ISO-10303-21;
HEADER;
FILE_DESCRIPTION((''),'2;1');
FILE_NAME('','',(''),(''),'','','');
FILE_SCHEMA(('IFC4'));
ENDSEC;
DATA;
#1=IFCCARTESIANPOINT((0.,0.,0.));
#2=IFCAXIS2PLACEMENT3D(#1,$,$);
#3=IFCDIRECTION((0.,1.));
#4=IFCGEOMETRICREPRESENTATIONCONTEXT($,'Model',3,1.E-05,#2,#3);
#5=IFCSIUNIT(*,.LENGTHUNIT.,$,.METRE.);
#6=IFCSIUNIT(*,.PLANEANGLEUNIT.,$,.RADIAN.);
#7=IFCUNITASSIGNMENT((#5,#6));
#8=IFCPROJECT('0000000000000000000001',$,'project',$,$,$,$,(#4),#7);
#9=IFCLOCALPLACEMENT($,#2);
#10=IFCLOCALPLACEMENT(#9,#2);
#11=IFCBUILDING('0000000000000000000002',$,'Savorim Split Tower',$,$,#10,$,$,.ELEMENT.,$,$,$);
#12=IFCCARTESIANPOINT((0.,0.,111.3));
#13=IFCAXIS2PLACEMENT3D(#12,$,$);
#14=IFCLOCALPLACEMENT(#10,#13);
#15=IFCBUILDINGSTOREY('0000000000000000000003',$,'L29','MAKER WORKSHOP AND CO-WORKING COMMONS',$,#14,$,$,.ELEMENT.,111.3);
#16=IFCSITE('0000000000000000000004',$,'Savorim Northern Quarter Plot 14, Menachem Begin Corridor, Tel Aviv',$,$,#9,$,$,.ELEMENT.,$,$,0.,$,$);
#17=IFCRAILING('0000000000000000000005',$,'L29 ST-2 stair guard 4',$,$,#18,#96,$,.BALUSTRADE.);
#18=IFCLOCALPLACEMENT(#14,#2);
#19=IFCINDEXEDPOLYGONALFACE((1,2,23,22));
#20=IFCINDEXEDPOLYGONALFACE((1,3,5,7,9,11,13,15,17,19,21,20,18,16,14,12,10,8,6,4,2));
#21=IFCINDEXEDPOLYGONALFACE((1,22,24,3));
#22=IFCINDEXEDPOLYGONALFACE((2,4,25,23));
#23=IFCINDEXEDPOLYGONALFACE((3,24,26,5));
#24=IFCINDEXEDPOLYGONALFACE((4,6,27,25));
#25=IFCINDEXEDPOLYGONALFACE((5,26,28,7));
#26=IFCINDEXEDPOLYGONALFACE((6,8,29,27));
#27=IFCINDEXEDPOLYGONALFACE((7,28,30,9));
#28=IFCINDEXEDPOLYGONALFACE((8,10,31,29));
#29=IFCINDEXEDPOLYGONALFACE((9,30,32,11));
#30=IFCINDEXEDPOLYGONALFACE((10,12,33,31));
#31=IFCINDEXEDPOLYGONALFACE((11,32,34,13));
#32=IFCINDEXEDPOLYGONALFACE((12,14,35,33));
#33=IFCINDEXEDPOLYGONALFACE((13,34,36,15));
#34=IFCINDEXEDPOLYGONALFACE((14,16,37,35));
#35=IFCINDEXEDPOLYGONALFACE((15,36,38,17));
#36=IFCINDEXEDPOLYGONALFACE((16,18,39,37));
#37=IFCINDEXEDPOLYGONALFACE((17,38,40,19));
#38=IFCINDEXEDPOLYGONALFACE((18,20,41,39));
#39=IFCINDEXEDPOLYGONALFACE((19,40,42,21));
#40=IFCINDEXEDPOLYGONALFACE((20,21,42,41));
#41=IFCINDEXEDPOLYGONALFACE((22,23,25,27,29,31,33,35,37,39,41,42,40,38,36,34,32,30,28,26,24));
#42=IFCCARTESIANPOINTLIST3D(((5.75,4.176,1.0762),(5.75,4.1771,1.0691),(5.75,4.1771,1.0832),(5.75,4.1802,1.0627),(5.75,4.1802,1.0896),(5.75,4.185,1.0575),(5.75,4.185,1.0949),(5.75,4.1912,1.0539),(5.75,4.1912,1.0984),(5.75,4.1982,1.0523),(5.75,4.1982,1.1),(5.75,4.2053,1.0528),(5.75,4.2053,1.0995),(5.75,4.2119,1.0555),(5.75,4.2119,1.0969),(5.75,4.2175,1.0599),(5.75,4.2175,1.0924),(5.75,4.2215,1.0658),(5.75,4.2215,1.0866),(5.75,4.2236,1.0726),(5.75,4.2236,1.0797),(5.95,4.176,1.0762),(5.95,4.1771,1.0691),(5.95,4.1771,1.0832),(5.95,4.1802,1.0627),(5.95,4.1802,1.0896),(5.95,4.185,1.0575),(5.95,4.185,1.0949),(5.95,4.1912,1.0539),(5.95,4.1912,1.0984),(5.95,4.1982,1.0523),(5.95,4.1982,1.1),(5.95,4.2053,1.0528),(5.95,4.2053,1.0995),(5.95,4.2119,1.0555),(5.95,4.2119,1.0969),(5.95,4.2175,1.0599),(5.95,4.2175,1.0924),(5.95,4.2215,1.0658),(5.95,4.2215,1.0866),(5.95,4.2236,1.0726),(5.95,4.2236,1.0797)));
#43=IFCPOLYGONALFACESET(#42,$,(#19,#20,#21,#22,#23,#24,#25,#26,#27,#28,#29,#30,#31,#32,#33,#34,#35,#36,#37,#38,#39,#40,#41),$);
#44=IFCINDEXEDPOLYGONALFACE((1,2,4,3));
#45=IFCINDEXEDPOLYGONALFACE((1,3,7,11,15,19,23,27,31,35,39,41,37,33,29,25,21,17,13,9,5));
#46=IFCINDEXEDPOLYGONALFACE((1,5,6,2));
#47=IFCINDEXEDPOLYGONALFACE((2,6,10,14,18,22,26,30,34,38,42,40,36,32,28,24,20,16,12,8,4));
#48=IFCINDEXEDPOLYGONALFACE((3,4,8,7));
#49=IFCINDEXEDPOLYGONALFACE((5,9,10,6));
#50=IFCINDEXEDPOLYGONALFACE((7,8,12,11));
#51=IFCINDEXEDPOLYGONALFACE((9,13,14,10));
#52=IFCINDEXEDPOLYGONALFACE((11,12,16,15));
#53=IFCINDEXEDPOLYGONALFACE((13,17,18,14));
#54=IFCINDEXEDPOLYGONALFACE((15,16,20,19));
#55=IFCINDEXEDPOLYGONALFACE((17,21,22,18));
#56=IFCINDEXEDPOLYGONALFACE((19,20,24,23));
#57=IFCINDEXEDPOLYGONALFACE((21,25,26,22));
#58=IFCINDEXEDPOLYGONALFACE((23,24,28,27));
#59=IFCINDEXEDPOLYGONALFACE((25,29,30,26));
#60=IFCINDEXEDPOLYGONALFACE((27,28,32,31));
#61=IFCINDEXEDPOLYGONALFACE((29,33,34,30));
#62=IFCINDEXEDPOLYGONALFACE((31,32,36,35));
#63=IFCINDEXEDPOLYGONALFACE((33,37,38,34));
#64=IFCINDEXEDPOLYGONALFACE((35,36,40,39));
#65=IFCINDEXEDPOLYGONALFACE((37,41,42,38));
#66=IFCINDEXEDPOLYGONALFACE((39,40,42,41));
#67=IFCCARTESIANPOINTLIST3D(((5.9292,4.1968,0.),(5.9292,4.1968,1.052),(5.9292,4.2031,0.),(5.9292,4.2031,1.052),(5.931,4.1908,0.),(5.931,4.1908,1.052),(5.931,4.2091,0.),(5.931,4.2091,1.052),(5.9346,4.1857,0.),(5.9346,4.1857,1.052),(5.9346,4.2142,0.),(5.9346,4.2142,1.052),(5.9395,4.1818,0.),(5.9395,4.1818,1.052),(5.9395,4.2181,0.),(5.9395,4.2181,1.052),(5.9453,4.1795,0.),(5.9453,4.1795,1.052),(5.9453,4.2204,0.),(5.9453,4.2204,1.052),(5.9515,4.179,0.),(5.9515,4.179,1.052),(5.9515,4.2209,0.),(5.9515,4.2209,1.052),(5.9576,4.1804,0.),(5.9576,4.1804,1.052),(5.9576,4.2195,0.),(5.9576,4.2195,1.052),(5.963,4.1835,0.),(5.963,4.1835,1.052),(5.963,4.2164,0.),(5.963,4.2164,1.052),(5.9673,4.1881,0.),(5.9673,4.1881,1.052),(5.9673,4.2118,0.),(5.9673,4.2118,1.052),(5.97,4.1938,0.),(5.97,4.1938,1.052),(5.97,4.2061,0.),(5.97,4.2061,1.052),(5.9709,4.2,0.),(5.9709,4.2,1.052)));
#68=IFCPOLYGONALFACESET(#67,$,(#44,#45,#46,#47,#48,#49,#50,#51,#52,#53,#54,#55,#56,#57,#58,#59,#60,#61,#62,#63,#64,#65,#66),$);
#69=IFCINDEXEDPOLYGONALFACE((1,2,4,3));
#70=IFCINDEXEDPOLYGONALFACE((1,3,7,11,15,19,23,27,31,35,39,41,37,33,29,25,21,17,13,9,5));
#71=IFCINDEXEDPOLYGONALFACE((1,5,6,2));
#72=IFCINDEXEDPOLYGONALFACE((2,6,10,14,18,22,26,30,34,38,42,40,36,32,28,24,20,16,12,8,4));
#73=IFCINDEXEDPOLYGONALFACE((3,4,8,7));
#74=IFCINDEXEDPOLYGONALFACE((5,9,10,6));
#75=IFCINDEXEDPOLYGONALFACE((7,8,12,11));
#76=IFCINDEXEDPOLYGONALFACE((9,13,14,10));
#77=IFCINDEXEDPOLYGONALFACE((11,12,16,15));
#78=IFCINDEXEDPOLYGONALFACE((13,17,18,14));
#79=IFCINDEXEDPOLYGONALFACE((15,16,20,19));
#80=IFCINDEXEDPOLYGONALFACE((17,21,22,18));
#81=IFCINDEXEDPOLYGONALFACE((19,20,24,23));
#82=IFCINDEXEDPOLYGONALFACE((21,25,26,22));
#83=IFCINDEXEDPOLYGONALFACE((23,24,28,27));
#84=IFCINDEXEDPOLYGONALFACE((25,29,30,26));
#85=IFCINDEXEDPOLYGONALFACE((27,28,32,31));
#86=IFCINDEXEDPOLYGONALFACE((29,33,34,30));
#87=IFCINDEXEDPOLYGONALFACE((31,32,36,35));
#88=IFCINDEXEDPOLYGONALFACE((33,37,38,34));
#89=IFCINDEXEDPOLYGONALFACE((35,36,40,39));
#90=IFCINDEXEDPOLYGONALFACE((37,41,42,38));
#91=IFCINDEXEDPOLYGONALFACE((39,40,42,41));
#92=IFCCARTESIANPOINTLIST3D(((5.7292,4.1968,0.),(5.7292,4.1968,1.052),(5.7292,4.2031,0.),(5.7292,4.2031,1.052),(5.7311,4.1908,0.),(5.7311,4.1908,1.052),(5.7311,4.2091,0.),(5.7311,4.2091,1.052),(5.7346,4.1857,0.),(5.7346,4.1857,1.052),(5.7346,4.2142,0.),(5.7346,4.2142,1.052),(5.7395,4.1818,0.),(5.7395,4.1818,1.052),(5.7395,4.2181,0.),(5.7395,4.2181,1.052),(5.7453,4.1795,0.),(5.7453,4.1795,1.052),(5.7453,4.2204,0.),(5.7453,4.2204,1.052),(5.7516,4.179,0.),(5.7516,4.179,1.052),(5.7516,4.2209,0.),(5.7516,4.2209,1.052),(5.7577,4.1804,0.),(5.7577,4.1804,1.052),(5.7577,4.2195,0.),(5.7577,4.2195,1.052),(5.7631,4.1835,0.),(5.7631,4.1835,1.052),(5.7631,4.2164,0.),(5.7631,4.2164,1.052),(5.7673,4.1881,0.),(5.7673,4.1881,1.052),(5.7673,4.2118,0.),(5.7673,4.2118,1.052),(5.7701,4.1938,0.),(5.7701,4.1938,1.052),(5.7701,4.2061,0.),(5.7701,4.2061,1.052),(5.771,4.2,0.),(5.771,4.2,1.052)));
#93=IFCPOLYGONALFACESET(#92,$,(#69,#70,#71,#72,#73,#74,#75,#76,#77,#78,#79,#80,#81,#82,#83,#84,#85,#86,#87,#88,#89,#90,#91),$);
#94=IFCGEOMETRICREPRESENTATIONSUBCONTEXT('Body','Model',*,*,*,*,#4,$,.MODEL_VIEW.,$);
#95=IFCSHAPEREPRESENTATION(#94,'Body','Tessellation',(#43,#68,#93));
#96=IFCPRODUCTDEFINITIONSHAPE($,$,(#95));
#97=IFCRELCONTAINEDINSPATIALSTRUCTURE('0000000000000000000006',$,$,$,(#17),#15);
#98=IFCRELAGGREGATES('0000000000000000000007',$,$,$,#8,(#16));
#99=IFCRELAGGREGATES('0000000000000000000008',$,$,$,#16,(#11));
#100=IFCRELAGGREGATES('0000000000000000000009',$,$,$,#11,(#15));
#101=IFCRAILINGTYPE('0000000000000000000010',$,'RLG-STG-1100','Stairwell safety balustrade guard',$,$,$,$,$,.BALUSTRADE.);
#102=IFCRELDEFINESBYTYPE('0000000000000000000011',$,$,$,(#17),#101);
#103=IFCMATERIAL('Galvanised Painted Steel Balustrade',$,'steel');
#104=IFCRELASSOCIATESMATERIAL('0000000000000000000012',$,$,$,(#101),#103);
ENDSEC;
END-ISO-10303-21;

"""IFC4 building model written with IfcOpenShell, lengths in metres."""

from ifc_helpers import new_model, si_unit, direction, frame, origin, origin_2d, place, context, subcontext, project, spatial, circle, extrude, material, type_object, element, save


model = new_model("IFC4")

# Units and contexts
model_context = context("Model", 3, precision=1e-05, world=origin(), true_north=direction((0.0, 1.0)))
body_context = subcontext(model_context, "Body", "Model", "MODEL_VIEW")
ifc_project = project(units=[si_unit("LENGTHUNIT", "METRE"), si_unit("PLANEANGLEUNIT", "RADIAN")], contexts=[model_context])

# Site, building, storey
site_placement = place(None, origin())
site = spatial("IfcSite", under=ifc_project, at=site_placement, Name="Savorim Northern Quarter Plot 14, Menachem Begin Corridor, Tel Aviv", CompositionType="ELEMENT", RefElevation=0.0)
building_placement = place(site_placement, origin())
building = spatial("IfcBuilding", under=site, at=building_placement, Name="Savorim Split Tower", CompositionType="ELEMENT")
storey_placement = place(building_placement, frame((0.0, 0.0, 111.3)))
storey = spatial("IfcBuildingStorey", under=building, at=storey_placement, Name="L29", Description="MAKER WORKSHOP AND CO-WORKING COMMONS", CompositionType="ELEMENT", Elevation=111.3)

# Railing
ifc_material_1 = material(Name="Galvanised Painted Steel Balustrade", Category="steel")
railing_type_1 = type_object("IfcRailingType", Name="RLG-STG-1100", Description="Stairwell safety balustrade guard", PredefinedType="BALUSTRADE", material=ifc_material_1)
railing_1_placement = place(storey_placement, frame((5.95, 4.2, 0.0)))
element("IfcRailing", 1, at=railing_1_placement, inside=storey, type_object=railing_type_1, Name="L29 ST-2 stair guard 4", PredefinedType="BALUSTRADE", context=body_context, shape_type="SweptSolid", body=[
    extrude(circle(Radius=0.0239, at=origin_2d()), frame((0.0, 0.0, 1.0762), z_axis=(-1.0, 0.0, 0.0), x_axis=(0.0, -1.0, 0.0)), (0.0, 0.0, 1.0), 0.2),
    extrude(circle(Radius=0.021, at=origin_2d()), origin(), (0.0, 0.0, 1.0), 1.052),
    extrude(circle(Radius=0.021, at=origin_2d()), frame((-0.2, 0.0, 0.0)), (0.0, 0.0, 1.0), 1.052),
])

save(model, "model.ifc")
